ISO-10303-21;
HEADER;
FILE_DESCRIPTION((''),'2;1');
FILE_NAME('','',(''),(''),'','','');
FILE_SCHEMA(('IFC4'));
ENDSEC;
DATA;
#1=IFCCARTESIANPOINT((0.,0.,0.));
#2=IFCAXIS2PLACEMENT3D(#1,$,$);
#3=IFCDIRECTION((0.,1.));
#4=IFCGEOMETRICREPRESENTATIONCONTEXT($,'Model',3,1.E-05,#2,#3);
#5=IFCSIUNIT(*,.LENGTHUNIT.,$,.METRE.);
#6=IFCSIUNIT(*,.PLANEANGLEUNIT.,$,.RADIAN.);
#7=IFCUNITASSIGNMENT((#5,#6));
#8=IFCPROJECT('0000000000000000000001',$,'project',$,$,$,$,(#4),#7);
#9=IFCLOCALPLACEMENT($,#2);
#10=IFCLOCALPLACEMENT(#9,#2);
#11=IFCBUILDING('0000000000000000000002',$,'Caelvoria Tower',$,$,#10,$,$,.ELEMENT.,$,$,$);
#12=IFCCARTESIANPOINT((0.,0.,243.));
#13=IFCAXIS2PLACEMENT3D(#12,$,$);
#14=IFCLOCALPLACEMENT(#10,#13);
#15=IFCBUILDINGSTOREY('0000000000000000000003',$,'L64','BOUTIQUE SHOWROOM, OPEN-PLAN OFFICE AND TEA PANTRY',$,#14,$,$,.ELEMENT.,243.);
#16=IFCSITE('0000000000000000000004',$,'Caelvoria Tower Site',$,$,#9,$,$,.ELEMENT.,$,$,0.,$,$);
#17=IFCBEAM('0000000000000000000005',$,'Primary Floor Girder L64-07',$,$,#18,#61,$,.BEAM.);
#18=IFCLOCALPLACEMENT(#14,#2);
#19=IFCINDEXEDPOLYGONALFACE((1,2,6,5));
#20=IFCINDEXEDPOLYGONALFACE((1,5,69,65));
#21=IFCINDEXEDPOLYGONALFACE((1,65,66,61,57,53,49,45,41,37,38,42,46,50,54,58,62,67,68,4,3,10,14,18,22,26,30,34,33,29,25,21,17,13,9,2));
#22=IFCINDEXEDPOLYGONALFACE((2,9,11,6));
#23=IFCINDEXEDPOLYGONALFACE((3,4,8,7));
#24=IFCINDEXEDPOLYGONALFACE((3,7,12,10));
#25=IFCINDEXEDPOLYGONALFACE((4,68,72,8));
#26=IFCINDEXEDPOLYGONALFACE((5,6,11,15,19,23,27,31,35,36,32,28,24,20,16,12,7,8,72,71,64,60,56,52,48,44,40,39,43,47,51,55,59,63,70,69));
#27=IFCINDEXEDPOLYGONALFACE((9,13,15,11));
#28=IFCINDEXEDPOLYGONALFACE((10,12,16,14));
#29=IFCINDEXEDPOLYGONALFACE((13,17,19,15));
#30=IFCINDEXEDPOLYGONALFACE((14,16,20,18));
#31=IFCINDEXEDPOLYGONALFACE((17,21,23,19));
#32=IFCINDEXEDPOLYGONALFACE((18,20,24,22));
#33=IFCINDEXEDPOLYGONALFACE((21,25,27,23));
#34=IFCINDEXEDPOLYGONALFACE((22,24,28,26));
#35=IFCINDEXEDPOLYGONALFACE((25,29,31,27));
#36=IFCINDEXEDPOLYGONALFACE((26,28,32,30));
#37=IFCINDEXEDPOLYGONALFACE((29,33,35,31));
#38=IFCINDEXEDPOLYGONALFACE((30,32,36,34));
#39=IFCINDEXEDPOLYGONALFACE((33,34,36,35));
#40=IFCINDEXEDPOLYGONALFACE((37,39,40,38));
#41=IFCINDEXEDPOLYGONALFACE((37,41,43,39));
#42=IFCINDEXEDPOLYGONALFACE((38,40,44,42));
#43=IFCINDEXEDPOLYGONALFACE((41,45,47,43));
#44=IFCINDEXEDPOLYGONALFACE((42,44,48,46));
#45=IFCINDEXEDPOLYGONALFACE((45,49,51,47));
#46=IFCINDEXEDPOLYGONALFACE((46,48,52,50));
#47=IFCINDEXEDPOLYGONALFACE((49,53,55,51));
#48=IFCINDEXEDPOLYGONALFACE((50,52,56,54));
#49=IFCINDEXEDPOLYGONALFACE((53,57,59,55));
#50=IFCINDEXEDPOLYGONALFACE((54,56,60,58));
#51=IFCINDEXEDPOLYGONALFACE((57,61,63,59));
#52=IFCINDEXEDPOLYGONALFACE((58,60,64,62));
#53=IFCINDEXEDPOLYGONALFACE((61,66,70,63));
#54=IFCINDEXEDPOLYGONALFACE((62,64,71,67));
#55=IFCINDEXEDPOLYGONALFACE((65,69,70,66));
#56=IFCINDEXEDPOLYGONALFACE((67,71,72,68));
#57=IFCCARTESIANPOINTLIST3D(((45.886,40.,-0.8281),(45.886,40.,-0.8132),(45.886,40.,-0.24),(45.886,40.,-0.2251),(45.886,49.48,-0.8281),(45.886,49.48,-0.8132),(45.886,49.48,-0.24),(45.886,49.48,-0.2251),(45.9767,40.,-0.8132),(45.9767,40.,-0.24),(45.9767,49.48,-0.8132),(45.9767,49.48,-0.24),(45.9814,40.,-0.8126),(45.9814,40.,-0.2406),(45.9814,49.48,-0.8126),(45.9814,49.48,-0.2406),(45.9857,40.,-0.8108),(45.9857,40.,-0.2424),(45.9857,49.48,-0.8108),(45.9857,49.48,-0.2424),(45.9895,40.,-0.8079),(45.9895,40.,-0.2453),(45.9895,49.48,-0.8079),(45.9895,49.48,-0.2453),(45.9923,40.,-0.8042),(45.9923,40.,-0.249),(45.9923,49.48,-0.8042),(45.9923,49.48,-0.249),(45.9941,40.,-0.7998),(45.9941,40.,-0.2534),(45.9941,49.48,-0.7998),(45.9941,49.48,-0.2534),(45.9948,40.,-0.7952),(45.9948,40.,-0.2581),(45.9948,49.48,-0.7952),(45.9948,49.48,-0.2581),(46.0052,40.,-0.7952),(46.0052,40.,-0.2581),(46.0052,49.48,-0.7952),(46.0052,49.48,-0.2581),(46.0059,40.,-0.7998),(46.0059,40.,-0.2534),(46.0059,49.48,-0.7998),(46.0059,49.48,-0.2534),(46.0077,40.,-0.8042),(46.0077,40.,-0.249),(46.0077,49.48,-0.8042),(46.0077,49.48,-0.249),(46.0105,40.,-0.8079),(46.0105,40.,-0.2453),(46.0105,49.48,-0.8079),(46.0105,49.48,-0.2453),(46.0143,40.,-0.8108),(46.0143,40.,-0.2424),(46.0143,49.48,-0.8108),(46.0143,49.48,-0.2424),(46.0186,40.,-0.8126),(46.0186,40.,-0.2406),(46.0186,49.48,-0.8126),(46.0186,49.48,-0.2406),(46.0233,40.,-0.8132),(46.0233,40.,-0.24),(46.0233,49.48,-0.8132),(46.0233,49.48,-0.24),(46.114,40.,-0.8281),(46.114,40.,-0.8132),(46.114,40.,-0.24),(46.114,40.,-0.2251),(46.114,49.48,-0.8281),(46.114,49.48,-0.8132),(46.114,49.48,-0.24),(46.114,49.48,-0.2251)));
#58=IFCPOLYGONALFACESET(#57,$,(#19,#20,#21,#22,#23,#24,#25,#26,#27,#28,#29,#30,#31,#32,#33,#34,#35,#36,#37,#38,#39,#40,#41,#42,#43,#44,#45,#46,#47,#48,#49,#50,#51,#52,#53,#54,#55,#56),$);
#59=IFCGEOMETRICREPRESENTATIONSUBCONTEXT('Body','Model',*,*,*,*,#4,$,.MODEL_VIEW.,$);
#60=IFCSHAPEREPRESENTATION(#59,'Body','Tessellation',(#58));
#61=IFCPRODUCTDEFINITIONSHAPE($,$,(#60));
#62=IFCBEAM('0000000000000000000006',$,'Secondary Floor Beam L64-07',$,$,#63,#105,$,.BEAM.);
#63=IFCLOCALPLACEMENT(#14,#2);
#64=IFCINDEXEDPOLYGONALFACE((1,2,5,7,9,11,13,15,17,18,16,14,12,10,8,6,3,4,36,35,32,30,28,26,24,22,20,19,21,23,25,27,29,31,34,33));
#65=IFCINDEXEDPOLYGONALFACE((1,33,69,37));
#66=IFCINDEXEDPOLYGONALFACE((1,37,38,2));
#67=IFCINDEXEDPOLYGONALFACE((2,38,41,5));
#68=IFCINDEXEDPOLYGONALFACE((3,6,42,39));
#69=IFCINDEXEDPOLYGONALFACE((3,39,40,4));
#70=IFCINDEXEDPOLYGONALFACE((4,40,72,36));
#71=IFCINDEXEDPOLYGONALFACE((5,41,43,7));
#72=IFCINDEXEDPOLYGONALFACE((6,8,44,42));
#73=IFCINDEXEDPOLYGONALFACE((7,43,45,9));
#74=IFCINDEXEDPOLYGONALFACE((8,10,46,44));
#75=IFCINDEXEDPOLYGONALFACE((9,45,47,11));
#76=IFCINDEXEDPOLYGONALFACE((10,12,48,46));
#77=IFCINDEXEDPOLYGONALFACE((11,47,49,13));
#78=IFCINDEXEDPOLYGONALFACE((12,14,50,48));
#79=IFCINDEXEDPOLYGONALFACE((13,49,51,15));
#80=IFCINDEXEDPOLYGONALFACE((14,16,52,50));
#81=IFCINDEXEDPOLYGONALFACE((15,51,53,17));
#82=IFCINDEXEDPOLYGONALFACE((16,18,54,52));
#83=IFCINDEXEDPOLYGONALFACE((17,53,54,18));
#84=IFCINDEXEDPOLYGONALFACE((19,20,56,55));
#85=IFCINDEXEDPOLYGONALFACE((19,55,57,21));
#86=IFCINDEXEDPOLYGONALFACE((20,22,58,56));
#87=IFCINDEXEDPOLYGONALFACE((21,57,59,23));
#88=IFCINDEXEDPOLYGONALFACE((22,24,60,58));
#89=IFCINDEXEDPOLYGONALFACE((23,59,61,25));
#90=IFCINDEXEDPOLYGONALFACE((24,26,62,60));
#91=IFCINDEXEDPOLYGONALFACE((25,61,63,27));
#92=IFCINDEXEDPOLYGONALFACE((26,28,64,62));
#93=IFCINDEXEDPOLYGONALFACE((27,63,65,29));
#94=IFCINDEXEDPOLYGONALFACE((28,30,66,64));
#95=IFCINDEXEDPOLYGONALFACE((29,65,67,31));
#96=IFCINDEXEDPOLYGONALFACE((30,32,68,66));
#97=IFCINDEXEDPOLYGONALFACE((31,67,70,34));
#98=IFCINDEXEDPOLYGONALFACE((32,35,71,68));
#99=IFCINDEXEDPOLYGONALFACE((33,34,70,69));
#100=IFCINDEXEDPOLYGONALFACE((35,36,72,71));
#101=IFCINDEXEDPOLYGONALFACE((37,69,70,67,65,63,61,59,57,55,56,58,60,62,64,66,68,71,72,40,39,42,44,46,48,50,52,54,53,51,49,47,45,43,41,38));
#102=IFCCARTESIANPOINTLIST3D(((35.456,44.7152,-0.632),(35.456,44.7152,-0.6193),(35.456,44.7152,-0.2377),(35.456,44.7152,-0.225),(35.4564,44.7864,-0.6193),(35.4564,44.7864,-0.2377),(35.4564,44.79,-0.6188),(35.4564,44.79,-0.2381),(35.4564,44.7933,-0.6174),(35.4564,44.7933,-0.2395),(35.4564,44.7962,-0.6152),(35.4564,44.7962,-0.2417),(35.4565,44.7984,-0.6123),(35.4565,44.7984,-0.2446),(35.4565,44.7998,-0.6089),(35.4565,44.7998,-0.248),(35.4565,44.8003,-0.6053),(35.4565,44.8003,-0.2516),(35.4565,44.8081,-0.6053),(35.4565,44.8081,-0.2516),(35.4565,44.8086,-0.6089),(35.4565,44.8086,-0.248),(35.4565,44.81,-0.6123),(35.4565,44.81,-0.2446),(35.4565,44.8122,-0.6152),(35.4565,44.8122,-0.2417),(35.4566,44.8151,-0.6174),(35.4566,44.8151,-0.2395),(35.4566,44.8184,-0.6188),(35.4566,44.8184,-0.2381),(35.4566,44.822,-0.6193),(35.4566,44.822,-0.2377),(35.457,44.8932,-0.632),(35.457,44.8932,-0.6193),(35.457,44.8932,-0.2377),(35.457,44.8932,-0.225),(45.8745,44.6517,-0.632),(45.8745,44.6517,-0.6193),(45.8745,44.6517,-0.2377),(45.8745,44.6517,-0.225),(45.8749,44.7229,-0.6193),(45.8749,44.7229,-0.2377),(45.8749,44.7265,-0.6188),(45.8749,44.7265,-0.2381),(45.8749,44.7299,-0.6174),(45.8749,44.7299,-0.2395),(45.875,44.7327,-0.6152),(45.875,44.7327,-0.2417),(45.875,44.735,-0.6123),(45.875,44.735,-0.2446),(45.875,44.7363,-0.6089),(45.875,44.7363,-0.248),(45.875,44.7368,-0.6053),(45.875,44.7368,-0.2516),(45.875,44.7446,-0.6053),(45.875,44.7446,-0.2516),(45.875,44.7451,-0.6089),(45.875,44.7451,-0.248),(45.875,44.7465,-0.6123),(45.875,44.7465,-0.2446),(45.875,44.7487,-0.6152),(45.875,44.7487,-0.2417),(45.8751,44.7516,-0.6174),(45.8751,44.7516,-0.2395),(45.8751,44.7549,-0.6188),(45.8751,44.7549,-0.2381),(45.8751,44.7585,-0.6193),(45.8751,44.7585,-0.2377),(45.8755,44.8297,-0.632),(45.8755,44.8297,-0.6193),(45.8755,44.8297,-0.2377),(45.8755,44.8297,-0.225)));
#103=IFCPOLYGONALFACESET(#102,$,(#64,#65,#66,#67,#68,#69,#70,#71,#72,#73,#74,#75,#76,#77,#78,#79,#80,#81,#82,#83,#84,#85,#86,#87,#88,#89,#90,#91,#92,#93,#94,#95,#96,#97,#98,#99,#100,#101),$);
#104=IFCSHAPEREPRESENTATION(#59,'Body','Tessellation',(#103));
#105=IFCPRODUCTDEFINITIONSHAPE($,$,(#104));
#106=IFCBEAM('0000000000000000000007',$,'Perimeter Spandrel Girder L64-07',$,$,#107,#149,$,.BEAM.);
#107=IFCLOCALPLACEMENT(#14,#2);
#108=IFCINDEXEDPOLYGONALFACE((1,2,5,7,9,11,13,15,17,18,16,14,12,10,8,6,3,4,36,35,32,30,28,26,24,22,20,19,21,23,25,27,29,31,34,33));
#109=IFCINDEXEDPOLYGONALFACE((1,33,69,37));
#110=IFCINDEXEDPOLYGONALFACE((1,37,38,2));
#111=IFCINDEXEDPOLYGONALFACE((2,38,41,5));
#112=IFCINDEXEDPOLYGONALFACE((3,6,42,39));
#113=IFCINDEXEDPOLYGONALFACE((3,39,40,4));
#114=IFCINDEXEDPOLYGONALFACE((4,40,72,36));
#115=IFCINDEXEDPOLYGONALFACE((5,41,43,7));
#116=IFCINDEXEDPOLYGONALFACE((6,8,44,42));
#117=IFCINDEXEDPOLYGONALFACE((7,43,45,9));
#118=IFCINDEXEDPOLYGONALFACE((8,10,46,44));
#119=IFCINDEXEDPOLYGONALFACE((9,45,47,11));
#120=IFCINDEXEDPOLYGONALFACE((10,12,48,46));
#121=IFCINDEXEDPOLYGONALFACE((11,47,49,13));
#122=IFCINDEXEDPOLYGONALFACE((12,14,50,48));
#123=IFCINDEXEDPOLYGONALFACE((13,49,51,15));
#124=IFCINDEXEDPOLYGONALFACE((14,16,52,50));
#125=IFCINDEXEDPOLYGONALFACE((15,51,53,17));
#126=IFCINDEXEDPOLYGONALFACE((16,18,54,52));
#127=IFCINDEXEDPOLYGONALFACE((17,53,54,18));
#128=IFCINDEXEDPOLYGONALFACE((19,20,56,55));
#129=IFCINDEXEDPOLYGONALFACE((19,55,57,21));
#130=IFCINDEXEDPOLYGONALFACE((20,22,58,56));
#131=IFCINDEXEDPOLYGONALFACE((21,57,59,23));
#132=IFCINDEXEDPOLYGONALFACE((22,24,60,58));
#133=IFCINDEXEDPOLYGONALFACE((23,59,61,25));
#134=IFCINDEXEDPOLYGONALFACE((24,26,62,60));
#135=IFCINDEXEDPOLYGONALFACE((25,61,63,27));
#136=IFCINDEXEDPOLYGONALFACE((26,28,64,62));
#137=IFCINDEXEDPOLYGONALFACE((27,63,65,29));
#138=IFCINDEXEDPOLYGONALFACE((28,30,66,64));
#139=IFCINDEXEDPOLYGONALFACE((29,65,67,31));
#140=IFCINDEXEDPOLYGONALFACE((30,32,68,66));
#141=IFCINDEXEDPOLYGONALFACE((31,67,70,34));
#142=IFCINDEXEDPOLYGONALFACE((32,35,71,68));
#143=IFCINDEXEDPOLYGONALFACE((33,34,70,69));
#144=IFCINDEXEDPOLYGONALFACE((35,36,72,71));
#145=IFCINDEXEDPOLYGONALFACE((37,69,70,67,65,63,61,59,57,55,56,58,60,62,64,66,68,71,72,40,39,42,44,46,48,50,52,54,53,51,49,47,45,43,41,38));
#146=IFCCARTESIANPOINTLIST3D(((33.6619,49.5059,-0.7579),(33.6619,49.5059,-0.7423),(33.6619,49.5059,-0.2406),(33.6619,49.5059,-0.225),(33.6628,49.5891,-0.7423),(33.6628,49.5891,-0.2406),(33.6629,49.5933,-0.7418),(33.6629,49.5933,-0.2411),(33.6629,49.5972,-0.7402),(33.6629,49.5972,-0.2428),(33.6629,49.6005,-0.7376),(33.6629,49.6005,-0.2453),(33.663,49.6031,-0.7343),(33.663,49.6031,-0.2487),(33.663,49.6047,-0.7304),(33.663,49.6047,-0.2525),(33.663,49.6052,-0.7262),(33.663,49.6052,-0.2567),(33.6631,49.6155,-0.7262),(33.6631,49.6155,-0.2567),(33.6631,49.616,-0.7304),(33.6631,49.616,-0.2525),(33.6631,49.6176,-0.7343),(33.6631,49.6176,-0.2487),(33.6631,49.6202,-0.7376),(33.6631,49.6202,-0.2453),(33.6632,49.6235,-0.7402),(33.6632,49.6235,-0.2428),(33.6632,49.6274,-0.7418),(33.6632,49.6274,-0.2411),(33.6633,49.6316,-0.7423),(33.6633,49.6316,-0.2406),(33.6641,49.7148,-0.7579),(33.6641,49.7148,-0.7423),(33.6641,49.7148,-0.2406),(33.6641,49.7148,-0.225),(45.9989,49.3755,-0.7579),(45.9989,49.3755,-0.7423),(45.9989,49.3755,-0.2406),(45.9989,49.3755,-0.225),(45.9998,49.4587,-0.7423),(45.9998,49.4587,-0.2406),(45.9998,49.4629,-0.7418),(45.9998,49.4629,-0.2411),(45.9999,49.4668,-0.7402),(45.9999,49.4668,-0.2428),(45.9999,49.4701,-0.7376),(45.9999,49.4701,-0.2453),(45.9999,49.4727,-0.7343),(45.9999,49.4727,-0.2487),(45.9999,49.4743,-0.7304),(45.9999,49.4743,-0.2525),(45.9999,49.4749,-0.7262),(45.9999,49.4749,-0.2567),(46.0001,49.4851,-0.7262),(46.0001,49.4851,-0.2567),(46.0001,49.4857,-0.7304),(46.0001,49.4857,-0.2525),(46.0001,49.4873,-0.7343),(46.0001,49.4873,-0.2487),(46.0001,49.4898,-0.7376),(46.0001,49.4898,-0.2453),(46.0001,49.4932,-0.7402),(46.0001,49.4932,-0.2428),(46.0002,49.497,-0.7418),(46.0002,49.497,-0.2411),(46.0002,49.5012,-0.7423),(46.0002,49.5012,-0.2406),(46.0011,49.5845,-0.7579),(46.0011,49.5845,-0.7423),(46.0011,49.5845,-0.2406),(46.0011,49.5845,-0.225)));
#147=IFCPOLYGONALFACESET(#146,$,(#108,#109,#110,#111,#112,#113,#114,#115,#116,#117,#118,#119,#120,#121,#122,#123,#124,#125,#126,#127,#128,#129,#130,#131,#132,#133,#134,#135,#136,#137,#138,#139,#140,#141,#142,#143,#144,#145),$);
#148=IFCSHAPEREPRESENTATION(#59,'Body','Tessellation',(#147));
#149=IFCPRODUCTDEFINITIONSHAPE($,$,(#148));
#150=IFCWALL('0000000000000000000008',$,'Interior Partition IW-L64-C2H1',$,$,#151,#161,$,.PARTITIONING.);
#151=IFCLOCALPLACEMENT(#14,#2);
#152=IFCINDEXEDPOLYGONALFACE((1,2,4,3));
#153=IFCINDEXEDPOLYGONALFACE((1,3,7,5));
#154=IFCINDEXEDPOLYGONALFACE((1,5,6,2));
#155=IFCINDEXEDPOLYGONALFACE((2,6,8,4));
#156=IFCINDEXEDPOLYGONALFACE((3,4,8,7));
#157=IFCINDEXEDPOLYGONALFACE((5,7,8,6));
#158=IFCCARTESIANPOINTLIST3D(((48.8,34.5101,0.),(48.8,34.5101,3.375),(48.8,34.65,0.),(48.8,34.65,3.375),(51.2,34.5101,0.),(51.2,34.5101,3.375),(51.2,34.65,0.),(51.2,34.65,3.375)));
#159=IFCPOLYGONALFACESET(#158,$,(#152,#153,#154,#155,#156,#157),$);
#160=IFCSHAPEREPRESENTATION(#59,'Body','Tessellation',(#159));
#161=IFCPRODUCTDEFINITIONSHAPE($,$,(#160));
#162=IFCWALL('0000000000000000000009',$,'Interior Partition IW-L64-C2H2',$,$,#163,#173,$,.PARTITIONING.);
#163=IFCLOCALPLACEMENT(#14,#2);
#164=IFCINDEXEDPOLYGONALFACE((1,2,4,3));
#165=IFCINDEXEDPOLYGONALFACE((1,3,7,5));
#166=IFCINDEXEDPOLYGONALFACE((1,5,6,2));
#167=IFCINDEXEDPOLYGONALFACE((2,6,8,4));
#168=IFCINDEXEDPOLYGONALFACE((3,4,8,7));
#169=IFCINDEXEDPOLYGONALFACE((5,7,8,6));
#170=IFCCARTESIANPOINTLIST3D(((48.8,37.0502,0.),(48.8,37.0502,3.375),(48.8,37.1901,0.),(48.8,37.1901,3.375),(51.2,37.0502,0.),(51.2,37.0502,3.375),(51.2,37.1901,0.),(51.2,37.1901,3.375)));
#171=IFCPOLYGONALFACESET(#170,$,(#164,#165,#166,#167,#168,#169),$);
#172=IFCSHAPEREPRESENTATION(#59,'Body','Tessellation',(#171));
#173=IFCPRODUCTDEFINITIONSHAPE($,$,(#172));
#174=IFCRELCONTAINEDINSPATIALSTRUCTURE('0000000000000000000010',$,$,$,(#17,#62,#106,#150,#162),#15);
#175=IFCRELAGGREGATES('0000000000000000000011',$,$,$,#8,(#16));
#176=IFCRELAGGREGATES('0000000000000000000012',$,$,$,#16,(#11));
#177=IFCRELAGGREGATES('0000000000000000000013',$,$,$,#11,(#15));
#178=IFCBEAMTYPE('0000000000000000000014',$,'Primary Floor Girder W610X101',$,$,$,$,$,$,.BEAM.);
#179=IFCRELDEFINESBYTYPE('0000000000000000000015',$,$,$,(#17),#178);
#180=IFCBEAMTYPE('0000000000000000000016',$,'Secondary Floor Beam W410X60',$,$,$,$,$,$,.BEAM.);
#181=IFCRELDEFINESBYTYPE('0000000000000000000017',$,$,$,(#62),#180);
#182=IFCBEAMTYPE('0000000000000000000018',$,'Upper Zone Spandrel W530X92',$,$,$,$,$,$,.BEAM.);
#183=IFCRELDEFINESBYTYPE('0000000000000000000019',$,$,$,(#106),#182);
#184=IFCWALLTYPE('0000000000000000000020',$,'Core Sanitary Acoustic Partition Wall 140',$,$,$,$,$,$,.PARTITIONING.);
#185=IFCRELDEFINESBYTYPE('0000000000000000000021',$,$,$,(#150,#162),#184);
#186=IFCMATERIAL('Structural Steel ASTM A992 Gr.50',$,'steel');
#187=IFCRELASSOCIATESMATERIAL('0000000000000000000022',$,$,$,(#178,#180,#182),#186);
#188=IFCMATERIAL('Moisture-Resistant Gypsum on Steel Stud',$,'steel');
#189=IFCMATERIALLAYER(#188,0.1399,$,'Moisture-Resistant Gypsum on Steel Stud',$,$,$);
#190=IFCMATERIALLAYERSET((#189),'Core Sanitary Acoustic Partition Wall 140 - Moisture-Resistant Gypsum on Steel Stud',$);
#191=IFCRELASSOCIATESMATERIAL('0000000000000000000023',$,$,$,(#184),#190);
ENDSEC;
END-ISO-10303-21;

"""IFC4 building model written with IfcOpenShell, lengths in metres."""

from ifc_helpers import new_model, si_unit, direction, frame, frame_2d, origin, origin_2d, place, context, subcontext, project, spatial, rectangle, i_section, extrude, material, layer, layer_set, material_profile, profile_set, type_object, element, save


model = new_model("IFC4")

# Units and contexts
model_context = context("Model", 3, precision=1e-05, world=origin(), true_north=direction((0.0, 1.0)))
body_context = subcontext(model_context, "Body", "Model", "MODEL_VIEW")
ifc_project = project(units=[si_unit("LENGTHUNIT", "METRE"), si_unit("PLANEANGLEUNIT", "RADIAN")], contexts=[model_context])

# Site, building, storey
site_placement = place(None, origin())
site = spatial("IfcSite", under=ifc_project, at=site_placement, Name="Caelvoria Tower Site", CompositionType="ELEMENT", RefElevation=0.0)
building_placement = place(site_placement, origin())
building = spatial("IfcBuilding", under=site, at=building_placement, Name="Caelvoria Tower", CompositionType="ELEMENT")
storey_placement = place(building_placement, frame((0.0, 0.0, 243.0)))
storey = spatial("IfcBuildingStorey", under=building, at=storey_placement, Name="L64", Description="BOUTIQUE SHOWROOM, OPEN-PLAN OFFICE AND TEA PANTRY", CompositionType="ELEMENT", Elevation=243.0)

# Shared definitions
ifc_material_1 = material(Name="Structural Steel ASTM A992 Gr.50", Category="steel")

# Beams
ifc_material_profile_1 = material_profile(ifc_material_1, i_section(OverallWidth=0.228, OverallDepth=0.603, WebThickness=0.0105, FlangeThickness=0.0149, FilletRadius=0.0181, at=origin_2d()), Name="Structural Steel ASTM A992 Gr.50")
ifc_profile_set_1 = profile_set([ifc_material_profile_1], Name="W610X101 - Structural Steel ASTM A992 Gr.50")
beam_type_1 = type_object("IfcBeamType", Name="Primary Floor Girder W610X101", PredefinedType="BEAM", material=ifc_profile_set_1)
beam_1_placement = place(storey_placement, frame((46.0, 40.0, -0.5266), z_axis=(0.0, 1.0, 0.0), x_axis=(-1.0, 0.0, 0.0)))
element("IfcBeam", 1, at=beam_1_placement, inside=storey, type_object=beam_type_1, Name="Primary Floor Girder L64-07", PredefinedType="BEAM", context=body_context, shape_type="SweptSolid", body=[
    extrude(i_section(OverallWidth=0.228, OverallDepth=0.603, WebThickness=0.0105, FlangeThickness=0.0149, FilletRadius=0.0181, at=origin_2d()), origin(), (0.0, 0.0, 1.0), 9.48),
])
ifc_material_profile_2 = material_profile(ifc_material_1, i_section(OverallWidth=0.178, OverallDepth=0.407, WebThickness=0.0078, FlangeThickness=0.0127, FilletRadius=0.0139, at=origin_2d()), Name="Structural Steel ASTM A992 Gr.50")
ifc_profile_set_2 = profile_set([ifc_material_profile_2], Name="W410X60 - Structural Steel ASTM A992 Gr.50")
beam_type_2 = type_object("IfcBeamType", Name="Secondary Floor Beam W410X60", PredefinedType="BEAM", material=ifc_profile_set_2)
beam_2_placement = place(storey_placement, frame((45.875, 44.7407, -0.4285), z_axis=(-0.999981, 0.006093, 0.0), x_axis=(-0.006093, -0.999981, 0.0)))
element("IfcBeam", 2, at=beam_2_placement, inside=storey, type_object=beam_type_2, Name="Secondary Floor Beam L64-07", PredefinedType="BEAM", context=body_context, shape_type="SweptSolid", body=[
    extrude(i_section(OverallWidth=0.178, OverallDepth=0.407, WebThickness=0.0078, FlangeThickness=0.0127, FilletRadius=0.0139, at=origin_2d()), origin(), (0.0, 0.0, 1.0), 10.4187),
])
ifc_material_profile_3 = material_profile(ifc_material_1, i_section(OverallWidth=0.209, OverallDepth=0.533, WebThickness=0.0103, FlangeThickness=0.0156, FilletRadius=0.0161, at=origin_2d()), Name="Structural Steel ASTM A992 Gr.50")
ifc_profile_set_3 = profile_set([ifc_material_profile_3], Name="W530X92 - Structural Steel ASTM A992 Gr.50")
beam_type_3 = type_object("IfcBeamType", Name="Upper Zone Spandrel W530X92", PredefinedType="BEAM", material=ifc_profile_set_3)
beam_3_placement = place(storey_placement, frame((46.0, 49.48, -0.4915), z_axis=(-0.999944, 0.010567, 0.0), x_axis=(-0.010567, -0.999944, 0.0)))
element("IfcBeam", 3, at=beam_3_placement, inside=storey, type_object=beam_type_3, Name="Perimeter Spandrel Girder L64-07", PredefinedType="BEAM", context=body_context, shape_type="SweptSolid", body=[
    extrude(i_section(OverallWidth=0.209, OverallDepth=0.533, WebThickness=0.0103, FlangeThickness=0.0156, FilletRadius=0.0161, at=origin_2d()), origin(), (0.0, 0.0, 1.0), 12.3376),
])

# Shared definitions
ifc_material_2 = material(Name="Moisture-Resistant Gypsum on Steel Stud", Category="steel")
ifc_layer_1 = layer(ifc_material_2, 0.1399, Name="Moisture-Resistant Gypsum on Steel Stud")
ifc_layer_set_1 = layer_set([ifc_layer_1], Name="Core Sanitary Acoustic Partition Wall 140 - Moisture-Resistant Gypsum on Steel Stud")
wall_type_1 = type_object("IfcWallType", Name="Core Sanitary Acoustic Partition Wall 140", PredefinedType="PARTITIONING", material=ifc_layer_set_1)

# Walls
for number, where, z_axis, x_axis, name in (
    (4, (48.8, 34.5801, 0.0), (0.0, 0.0, 1.0), (1.0, 0.0, 0.0), "Interior Partition IW-L64-C2H1"),
    (5, (48.8, 37.1201, 0.0), (0.0, 0.0, 1.0), (1.0, 0.0, 0.0), "Interior Partition IW-L64-C2H2"),
):
    element("IfcWall", number, at=place(storey_placement, frame(where, z_axis=z_axis, x_axis=x_axis)), inside=storey, type_object=wall_type_1, Name=name, PredefinedType="PARTITIONING", context=body_context, shape_type="SweptSolid", body=[
        extrude(rectangle(XDim=2.3999, YDim=0.1399, at=frame_2d((1.2, 0.0))), origin(), (0.0, 0.0, 1.0), 3.375),
    ])

save(model, "model.ifc")
